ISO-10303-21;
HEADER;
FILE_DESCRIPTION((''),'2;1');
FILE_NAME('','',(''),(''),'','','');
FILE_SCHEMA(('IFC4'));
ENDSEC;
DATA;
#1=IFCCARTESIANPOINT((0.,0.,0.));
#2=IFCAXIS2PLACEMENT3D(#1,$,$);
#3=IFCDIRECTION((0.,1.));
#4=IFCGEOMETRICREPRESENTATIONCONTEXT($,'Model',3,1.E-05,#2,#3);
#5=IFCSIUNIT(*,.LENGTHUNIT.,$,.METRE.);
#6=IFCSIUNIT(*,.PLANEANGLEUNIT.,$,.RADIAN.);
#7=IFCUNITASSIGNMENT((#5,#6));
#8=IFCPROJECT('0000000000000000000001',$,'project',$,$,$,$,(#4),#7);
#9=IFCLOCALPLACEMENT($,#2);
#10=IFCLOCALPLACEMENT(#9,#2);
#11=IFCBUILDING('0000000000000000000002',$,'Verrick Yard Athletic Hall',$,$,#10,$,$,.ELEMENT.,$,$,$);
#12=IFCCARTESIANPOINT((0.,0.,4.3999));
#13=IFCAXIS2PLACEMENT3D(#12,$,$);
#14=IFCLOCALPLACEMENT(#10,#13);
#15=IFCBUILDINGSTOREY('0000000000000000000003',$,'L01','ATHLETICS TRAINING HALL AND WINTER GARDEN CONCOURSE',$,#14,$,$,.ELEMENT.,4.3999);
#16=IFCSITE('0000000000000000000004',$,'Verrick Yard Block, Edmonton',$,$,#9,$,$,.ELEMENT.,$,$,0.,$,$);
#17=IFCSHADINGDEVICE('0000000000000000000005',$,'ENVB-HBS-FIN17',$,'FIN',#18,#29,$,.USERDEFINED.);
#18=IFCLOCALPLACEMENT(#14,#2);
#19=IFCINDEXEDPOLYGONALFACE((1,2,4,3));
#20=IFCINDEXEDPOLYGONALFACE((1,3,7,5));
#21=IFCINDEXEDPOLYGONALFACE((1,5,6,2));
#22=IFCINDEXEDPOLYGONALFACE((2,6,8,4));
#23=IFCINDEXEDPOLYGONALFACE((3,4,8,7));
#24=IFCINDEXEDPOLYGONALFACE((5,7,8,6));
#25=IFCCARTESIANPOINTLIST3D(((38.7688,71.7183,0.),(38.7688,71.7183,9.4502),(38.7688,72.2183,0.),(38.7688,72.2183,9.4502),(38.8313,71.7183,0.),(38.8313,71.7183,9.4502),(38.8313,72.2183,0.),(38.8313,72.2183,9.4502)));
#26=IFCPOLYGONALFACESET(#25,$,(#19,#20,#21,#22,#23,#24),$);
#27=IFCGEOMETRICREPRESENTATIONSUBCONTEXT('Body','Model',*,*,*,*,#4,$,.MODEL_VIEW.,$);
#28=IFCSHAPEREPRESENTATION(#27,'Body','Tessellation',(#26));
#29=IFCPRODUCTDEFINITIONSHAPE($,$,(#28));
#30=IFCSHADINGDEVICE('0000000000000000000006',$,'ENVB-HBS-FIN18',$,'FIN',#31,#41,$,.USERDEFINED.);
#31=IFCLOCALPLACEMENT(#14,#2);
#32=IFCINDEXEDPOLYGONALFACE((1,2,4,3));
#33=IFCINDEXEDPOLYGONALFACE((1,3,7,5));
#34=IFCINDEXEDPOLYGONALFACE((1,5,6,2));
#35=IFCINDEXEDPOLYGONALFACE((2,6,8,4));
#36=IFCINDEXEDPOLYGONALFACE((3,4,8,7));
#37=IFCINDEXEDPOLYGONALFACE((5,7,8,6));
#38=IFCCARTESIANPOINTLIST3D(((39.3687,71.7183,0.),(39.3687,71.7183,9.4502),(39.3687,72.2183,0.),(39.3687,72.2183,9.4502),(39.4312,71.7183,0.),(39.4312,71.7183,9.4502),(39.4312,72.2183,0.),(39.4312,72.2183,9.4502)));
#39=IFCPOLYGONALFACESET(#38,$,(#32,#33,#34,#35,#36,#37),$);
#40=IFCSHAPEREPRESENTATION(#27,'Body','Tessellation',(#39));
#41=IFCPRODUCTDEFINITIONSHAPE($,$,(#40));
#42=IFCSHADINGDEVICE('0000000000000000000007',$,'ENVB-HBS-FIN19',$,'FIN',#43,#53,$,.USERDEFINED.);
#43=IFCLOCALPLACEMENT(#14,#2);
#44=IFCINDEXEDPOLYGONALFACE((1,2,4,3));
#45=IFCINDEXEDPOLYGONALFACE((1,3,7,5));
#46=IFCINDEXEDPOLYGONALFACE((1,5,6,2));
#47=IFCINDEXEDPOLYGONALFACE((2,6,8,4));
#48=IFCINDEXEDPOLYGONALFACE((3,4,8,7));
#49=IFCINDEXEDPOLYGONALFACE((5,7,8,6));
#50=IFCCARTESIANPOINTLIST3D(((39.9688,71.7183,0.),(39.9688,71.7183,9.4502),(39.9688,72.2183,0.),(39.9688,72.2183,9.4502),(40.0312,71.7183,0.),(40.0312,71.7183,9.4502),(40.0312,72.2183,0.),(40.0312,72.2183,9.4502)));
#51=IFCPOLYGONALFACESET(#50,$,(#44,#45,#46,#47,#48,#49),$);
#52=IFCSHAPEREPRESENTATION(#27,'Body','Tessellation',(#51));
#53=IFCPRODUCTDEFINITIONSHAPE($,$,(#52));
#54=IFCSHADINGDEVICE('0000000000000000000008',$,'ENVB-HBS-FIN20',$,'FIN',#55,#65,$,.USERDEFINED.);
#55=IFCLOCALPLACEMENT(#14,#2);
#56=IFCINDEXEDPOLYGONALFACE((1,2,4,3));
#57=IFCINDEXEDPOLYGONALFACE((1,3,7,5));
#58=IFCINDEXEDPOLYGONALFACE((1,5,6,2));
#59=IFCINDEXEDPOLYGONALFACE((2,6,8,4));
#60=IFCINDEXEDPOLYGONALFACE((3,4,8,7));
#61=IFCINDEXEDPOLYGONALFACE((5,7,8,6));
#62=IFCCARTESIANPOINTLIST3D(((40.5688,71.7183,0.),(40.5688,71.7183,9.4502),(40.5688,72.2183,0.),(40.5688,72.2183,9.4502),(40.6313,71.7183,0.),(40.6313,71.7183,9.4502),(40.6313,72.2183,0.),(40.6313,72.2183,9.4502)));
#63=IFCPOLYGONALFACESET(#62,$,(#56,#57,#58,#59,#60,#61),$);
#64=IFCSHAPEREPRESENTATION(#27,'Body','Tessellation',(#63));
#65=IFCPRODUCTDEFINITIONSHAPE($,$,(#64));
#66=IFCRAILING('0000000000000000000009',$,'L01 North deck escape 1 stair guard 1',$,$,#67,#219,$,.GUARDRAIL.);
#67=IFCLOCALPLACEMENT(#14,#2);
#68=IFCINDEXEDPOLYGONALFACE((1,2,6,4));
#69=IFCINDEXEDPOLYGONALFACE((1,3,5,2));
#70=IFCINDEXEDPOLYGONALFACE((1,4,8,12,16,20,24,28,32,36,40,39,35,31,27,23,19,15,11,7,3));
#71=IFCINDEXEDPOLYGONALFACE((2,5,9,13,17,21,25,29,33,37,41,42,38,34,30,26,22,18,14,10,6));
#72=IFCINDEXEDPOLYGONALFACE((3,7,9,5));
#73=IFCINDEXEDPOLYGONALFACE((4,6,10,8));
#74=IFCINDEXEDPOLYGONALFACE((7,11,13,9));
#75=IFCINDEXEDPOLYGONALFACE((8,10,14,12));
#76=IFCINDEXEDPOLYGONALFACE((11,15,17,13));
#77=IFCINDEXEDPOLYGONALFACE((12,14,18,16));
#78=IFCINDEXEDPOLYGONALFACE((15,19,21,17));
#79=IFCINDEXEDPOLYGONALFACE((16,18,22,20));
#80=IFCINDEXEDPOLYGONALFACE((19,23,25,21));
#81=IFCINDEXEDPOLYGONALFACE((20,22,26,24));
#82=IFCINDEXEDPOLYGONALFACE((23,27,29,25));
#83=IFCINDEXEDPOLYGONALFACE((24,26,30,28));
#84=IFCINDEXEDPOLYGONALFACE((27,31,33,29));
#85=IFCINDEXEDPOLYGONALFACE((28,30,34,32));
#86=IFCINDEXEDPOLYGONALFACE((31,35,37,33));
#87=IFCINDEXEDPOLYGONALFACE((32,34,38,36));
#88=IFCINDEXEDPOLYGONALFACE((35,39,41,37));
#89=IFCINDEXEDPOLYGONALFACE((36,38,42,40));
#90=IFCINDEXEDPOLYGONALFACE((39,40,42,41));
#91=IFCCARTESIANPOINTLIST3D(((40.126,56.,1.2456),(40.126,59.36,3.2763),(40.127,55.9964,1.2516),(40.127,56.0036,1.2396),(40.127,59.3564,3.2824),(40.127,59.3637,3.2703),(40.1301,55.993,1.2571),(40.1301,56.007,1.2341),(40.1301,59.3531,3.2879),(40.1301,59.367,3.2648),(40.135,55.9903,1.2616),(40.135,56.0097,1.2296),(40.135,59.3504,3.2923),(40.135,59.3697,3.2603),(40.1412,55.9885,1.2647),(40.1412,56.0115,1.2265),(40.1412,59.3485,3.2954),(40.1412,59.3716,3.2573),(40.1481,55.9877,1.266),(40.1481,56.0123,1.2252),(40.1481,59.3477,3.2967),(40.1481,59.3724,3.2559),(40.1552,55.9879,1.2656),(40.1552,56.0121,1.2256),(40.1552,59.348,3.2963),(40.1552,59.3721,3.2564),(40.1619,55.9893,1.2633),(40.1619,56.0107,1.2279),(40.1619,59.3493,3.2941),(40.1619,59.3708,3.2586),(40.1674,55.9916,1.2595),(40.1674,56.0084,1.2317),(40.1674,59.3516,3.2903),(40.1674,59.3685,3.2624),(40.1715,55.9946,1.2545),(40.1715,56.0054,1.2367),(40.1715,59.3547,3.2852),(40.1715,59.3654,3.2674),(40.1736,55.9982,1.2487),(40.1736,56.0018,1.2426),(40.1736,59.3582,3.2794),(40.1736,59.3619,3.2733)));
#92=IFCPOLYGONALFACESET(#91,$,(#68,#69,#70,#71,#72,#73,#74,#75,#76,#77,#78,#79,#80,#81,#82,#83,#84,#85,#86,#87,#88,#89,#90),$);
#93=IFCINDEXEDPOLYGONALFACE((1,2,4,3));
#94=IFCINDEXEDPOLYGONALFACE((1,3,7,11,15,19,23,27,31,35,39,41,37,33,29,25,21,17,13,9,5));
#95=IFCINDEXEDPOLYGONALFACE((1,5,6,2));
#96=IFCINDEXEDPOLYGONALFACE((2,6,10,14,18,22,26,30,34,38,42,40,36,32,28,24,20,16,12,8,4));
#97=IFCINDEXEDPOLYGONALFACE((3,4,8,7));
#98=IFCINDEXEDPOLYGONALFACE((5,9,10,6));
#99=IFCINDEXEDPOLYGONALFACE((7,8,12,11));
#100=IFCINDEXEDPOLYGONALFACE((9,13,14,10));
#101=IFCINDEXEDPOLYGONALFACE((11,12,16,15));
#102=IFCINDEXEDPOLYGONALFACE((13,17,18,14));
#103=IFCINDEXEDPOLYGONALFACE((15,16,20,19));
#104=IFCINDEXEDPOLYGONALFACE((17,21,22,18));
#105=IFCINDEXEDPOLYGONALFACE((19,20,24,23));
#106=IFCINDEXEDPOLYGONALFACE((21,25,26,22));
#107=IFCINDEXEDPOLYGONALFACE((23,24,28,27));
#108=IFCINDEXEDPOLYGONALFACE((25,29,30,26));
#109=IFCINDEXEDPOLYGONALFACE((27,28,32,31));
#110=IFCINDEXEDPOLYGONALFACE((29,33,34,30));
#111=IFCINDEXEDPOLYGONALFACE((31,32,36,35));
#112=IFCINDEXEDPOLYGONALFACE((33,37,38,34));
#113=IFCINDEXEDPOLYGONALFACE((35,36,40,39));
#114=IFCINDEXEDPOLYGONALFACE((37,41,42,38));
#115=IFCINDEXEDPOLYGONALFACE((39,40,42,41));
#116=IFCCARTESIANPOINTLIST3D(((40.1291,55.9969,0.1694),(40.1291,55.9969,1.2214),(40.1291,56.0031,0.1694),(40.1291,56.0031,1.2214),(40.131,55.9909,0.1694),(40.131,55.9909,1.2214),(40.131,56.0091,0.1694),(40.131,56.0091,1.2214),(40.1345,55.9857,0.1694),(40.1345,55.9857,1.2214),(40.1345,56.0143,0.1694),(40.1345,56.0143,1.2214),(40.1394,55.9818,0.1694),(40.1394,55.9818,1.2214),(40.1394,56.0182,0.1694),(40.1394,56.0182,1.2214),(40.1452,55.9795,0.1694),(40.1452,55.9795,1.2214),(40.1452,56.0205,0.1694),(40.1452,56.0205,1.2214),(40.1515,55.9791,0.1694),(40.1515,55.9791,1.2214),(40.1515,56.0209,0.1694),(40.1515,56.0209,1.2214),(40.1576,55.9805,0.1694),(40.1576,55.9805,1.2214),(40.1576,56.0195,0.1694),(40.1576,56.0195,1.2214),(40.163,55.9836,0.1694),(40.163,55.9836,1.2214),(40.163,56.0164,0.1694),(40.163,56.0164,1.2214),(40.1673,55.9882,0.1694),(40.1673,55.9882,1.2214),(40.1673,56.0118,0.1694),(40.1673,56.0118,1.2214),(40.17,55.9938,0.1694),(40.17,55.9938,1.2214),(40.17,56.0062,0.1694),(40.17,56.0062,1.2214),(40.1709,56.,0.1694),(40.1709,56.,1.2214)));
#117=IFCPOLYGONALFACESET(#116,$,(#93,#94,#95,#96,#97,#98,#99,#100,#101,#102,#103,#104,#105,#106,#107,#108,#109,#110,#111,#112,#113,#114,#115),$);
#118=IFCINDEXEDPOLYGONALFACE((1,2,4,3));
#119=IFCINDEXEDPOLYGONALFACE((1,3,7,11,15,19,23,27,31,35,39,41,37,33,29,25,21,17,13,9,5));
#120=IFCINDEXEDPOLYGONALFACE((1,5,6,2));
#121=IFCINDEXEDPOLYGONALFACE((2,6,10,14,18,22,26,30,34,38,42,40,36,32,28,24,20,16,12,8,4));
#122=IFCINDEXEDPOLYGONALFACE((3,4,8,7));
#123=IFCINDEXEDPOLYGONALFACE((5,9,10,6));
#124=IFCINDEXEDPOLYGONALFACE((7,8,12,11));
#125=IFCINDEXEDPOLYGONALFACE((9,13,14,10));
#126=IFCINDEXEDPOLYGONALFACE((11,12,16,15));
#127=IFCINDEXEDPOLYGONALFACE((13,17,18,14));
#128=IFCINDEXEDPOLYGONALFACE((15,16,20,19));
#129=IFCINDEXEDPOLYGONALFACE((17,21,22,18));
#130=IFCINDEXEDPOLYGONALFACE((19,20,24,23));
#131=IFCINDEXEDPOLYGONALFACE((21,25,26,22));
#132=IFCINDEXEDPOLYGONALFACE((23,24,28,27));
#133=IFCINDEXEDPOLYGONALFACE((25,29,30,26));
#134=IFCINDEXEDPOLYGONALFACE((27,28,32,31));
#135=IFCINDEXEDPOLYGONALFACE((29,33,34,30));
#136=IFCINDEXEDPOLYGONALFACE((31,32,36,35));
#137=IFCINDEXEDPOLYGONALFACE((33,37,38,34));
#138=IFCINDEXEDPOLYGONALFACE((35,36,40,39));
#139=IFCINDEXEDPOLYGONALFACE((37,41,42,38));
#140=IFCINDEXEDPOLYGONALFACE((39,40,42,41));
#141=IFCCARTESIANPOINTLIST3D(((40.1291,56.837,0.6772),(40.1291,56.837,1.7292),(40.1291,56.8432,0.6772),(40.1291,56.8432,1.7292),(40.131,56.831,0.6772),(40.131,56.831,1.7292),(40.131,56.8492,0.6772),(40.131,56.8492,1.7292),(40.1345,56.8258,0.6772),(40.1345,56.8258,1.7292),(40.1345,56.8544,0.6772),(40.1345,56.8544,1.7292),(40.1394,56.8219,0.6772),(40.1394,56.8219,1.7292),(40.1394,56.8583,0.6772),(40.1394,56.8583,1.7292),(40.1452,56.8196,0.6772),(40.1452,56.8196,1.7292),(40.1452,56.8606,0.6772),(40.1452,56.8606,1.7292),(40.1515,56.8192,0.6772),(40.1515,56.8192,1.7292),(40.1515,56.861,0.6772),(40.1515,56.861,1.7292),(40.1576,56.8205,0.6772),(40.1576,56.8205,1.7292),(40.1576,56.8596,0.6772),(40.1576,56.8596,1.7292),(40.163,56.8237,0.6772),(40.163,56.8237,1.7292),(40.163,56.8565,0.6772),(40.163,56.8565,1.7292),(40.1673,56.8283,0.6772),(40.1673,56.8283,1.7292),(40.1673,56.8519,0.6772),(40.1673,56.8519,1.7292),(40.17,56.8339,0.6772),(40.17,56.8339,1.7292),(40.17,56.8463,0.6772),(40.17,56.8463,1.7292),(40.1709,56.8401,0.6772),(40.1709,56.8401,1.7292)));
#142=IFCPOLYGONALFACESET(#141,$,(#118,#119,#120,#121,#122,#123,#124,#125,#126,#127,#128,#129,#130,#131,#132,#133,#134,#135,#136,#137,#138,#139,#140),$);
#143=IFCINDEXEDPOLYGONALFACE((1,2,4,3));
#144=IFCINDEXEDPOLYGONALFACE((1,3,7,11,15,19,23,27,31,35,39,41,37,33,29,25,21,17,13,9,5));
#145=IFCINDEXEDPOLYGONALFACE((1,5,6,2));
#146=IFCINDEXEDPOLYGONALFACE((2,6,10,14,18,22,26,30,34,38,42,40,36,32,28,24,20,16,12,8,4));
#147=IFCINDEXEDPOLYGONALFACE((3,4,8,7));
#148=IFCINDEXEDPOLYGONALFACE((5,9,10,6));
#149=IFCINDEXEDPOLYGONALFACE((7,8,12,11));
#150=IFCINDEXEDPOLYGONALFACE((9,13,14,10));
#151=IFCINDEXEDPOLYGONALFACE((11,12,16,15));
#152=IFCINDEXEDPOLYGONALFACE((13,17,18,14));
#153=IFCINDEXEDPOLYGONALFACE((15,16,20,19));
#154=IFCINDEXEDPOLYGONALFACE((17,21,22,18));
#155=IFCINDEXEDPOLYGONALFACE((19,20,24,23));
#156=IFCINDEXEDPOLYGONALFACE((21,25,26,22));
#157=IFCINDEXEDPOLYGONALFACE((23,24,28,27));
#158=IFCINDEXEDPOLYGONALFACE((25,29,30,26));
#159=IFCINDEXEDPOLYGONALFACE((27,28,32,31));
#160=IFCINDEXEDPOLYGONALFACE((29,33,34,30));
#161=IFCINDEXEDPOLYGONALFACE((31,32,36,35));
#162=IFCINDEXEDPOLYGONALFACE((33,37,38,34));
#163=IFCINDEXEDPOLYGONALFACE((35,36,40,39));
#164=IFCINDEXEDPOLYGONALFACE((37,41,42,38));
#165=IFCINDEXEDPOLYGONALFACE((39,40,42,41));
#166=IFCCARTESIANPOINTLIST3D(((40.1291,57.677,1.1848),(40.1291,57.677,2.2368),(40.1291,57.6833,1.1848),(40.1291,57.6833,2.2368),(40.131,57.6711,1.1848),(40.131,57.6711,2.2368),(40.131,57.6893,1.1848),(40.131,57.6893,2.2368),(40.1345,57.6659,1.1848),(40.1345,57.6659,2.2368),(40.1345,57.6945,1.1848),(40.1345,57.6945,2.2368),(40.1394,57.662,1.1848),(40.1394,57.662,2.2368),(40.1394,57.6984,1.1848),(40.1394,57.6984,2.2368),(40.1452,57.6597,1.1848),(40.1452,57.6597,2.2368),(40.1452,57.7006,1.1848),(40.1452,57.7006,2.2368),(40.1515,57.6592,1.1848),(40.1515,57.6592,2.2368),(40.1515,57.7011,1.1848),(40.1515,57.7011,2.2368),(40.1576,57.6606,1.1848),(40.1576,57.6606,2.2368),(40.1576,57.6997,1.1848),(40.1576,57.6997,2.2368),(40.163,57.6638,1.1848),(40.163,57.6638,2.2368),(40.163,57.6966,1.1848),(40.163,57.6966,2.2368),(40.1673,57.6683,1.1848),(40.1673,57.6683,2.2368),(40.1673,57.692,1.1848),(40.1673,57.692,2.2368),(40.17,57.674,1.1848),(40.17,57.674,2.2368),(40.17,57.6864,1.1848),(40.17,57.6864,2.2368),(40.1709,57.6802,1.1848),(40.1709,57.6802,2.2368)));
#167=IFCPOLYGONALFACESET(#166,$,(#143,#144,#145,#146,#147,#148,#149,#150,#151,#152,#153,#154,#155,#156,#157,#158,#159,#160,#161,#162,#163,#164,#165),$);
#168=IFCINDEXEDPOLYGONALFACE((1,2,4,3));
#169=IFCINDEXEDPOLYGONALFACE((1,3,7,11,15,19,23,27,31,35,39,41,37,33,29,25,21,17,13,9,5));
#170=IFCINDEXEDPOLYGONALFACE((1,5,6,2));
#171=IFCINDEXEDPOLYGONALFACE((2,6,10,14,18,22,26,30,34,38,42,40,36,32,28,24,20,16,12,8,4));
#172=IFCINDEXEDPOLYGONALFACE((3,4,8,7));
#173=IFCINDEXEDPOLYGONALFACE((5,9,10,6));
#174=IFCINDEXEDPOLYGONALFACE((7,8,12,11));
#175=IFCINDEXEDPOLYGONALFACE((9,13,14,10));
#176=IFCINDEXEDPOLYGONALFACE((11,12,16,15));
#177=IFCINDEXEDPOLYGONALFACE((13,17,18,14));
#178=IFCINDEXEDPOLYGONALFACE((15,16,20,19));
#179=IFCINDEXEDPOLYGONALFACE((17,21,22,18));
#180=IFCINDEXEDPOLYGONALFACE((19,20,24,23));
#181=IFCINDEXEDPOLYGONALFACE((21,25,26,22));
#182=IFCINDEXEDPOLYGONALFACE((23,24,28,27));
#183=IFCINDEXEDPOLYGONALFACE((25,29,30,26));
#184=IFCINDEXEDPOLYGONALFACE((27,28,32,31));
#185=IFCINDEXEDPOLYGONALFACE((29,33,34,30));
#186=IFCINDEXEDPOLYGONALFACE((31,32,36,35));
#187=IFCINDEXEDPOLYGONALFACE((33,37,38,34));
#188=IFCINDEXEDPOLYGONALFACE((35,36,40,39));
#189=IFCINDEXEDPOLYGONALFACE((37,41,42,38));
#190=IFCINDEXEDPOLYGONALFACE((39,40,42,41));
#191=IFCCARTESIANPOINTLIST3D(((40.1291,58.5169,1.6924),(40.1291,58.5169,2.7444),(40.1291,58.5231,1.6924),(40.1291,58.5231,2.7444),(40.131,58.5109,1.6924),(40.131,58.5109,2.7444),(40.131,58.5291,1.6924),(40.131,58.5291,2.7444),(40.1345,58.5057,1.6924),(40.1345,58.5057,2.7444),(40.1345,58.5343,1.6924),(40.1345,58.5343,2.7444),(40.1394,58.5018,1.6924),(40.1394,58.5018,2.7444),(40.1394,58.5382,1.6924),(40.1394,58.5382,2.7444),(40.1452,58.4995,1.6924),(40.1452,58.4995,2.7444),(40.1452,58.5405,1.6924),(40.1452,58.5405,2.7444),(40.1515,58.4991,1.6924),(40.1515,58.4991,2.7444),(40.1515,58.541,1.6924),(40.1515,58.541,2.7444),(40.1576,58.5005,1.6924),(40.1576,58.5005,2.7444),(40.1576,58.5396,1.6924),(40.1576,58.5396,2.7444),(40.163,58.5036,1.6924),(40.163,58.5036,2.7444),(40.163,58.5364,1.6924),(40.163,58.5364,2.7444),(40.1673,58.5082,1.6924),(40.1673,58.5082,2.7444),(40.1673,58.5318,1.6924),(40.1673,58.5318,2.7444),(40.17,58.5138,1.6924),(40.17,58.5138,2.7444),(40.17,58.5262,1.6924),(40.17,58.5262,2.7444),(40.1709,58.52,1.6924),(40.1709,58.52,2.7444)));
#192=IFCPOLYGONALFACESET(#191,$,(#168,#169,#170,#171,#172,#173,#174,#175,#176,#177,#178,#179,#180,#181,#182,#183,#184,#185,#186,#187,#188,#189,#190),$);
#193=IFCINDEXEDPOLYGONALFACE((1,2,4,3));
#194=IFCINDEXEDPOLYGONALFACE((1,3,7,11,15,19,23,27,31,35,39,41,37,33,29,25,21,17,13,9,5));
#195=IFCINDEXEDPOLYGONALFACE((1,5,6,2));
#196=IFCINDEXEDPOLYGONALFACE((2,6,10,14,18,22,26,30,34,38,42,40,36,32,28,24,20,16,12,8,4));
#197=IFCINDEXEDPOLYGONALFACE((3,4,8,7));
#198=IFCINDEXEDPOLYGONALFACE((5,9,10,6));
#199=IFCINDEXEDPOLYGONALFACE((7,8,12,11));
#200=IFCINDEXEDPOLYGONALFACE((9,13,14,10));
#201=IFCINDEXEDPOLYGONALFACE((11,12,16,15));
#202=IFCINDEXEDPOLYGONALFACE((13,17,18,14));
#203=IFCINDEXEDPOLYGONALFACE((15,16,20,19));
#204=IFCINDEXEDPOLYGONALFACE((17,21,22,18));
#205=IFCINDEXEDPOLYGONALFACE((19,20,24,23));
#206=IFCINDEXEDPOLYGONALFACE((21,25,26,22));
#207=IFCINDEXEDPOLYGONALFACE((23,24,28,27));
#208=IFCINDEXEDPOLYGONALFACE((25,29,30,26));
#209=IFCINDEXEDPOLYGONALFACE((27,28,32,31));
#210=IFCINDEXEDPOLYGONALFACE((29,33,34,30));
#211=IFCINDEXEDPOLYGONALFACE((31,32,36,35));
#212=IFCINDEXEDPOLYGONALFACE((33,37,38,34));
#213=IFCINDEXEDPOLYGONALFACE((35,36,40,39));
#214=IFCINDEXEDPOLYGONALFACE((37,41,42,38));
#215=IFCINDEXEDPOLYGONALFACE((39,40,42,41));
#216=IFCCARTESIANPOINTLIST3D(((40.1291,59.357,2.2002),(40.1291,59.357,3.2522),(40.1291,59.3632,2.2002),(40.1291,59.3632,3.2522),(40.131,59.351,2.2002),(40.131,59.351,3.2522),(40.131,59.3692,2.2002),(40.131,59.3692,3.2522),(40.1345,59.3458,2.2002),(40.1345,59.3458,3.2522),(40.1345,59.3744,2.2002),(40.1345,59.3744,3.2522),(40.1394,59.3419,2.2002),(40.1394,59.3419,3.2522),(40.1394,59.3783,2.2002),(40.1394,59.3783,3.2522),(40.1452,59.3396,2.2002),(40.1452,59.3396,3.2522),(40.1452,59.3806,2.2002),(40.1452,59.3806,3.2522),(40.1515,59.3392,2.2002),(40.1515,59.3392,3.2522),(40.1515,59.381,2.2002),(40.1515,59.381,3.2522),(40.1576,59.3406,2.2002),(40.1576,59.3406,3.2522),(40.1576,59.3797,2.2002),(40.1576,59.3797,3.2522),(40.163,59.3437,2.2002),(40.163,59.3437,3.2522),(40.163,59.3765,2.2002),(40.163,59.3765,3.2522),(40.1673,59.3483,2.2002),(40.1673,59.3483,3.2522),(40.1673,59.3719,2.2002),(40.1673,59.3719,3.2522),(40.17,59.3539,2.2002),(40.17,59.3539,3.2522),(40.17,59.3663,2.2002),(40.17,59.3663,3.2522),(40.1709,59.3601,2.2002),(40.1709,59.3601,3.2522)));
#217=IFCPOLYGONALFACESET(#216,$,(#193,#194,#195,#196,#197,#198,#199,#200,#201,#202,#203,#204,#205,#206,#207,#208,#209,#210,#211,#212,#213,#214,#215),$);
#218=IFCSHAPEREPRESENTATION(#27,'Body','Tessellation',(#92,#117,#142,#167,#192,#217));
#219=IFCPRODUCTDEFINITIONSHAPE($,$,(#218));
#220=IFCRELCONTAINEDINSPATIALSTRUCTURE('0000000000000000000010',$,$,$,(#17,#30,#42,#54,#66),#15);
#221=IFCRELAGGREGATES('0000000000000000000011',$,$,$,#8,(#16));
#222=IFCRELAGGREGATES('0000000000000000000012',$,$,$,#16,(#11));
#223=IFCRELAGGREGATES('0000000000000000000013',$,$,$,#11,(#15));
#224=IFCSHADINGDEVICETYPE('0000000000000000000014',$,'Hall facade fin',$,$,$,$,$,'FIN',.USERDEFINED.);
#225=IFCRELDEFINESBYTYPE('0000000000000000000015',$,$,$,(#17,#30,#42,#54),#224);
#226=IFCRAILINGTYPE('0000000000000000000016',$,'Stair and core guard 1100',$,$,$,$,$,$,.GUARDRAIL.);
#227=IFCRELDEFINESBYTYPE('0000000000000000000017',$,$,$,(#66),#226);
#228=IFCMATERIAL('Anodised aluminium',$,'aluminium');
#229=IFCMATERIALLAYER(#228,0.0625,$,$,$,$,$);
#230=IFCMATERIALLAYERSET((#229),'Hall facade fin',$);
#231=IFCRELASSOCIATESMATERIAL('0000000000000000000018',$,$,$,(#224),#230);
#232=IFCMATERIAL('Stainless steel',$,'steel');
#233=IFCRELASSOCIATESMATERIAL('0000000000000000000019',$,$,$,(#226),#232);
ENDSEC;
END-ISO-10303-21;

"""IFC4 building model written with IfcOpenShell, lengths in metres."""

from ifc_helpers import new_model, si_unit, direction, frame, origin, origin_2d, place, context, subcontext, project, spatial, polyline, circle, outline, extrude, material, layer, layer_set, type_object, element, save


model = new_model("IFC4")

# Units and contexts
model_context = context("Model", 3, precision=1e-05, world=origin(), true_north=direction((0.0, 1.0)))
body_context = subcontext(model_context, "Body", "Model", "MODEL_VIEW")
ifc_project = project(units=[si_unit("LENGTHUNIT", "METRE"), si_unit("PLANEANGLEUNIT", "RADIAN")], contexts=[model_context])

# Site, building, storey
site_placement = place(None, origin())
site = spatial("IfcSite", under=ifc_project, at=site_placement, Name="Verrick Yard Block, Edmonton", CompositionType="ELEMENT", RefElevation=0.0)
building_placement = place(site_placement, origin())
building = spatial("IfcBuilding", under=site, at=building_placement, Name="Verrick Yard Athletic Hall", CompositionType="ELEMENT")
storey_placement = place(building_placement, frame((0.0, 0.0, 4.3999)))
storey = spatial("IfcBuildingStorey", under=building, at=storey_placement, Name="L01", Description="ATHLETICS TRAINING HALL AND WINTER GARDEN CONCOURSE", CompositionType="ELEMENT", Elevation=4.3999)

# Shading devices
ifc_material_1 = material(Name="Anodised aluminium", Category="aluminium")
ifc_layer_1 = layer(ifc_material_1, 0.0625)
ifc_layer_set_1 = layer_set([ifc_layer_1], Name="Hall facade fin")
shading_device_type = type_object("IfcShadingDeviceType", Name="Hall facade fin", ElementType="FIN", PredefinedType="USERDEFINED", material=ifc_layer_set_1)
for number, where, z_axis, x_axis, name in (
    (1, (38.8, 71.7183, 0.0), (0.0, 0.0, 1.0), (0.0, 1.0, 0.0), "ENVB-HBS-FIN17"),
    (2, (39.3999, 71.7183, 0.0), (0.0, 0.0, 1.0), (0.0, 1.0, 0.0), "ENVB-HBS-FIN18"),
    (3, (40.0, 71.7183, 0.0), (0.0, 0.0, 1.0), (0.0, 1.0, 0.0), "ENVB-HBS-FIN19"),
    (4, (40.6001, 71.7183, 0.0), (0.0, 0.0, 1.0), (0.0, 1.0, 0.0), "ENVB-HBS-FIN20"),
):
    element("IfcShadingDevice", number, at=place(storey_placement, frame(where, z_axis=z_axis, x_axis=x_axis)), inside=storey, type_object=shading_device_type, Name=name, ObjectType="FIN", PredefinedType="USERDEFINED", context=body_context, shape_type="SweptSolid", body=[
        extrude(outline(polyline([(0.0, 0.0), (0.5, 0.0), (0.5, 9.4502), (0.0, 9.4502), (0.0, 0.0)])), frame((0.0, 0.0312, 0.0), z_axis=(0.0, -1.0, 0.0), x_axis=(1.0, 0.0, 0.0)), (0.0, 0.0, 1.0), 0.0625),
    ])

# Railing
ifc_material_2 = material(Name="Stainless steel", Category="steel")
railing_type_1 = type_object("IfcRailingType", Name="Stair and core guard 1100", PredefinedType="GUARDRAIL", material=ifc_material_2)
railing_1_placement = place(storey_placement, frame((40.1499, 56.0, 0.1694)))
element("IfcRailing", 5, at=railing_1_placement, inside=storey, type_object=railing_type_1, Name="L01 North deck escape 1 stair guard 1", PredefinedType="GUARDRAIL", context=body_context, shape_type="SweptSolid", body=[
    extrude(circle(Radius=0.0239, at=origin_2d()), frame((0.0, 0.0, 1.0762), z_axis=(0.0, 0.855837, 0.517246), x_axis=(-1.0, 0.0, 0.0)), (0.0, 0.0, 1.0), 3.926),
    extrude(circle(Radius=0.021, at=origin_2d()), origin(), (0.0, 0.0, 1.0), 1.052),
    extrude(circle(Radius=0.021, at=origin_2d()), frame((0.0, 0.8401, 0.5078)), (0.0, 0.0, 1.0), 1.052),
    extrude(circle(Radius=0.021, at=origin_2d()), frame((0.0, 1.6802, 1.0154)), (0.0, 0.0, 1.0), 1.052),
    extrude(circle(Radius=0.021, at=origin_2d()), frame((0.0, 2.52, 1.5229)), (0.0, 0.0, 1.0), 1.052),
    extrude(circle(Radius=0.021, at=origin_2d()), frame((0.0, 3.3601, 2.0308)), (0.0, 0.0, 1.0), 1.052),
])

save(model, "model.ifc")
